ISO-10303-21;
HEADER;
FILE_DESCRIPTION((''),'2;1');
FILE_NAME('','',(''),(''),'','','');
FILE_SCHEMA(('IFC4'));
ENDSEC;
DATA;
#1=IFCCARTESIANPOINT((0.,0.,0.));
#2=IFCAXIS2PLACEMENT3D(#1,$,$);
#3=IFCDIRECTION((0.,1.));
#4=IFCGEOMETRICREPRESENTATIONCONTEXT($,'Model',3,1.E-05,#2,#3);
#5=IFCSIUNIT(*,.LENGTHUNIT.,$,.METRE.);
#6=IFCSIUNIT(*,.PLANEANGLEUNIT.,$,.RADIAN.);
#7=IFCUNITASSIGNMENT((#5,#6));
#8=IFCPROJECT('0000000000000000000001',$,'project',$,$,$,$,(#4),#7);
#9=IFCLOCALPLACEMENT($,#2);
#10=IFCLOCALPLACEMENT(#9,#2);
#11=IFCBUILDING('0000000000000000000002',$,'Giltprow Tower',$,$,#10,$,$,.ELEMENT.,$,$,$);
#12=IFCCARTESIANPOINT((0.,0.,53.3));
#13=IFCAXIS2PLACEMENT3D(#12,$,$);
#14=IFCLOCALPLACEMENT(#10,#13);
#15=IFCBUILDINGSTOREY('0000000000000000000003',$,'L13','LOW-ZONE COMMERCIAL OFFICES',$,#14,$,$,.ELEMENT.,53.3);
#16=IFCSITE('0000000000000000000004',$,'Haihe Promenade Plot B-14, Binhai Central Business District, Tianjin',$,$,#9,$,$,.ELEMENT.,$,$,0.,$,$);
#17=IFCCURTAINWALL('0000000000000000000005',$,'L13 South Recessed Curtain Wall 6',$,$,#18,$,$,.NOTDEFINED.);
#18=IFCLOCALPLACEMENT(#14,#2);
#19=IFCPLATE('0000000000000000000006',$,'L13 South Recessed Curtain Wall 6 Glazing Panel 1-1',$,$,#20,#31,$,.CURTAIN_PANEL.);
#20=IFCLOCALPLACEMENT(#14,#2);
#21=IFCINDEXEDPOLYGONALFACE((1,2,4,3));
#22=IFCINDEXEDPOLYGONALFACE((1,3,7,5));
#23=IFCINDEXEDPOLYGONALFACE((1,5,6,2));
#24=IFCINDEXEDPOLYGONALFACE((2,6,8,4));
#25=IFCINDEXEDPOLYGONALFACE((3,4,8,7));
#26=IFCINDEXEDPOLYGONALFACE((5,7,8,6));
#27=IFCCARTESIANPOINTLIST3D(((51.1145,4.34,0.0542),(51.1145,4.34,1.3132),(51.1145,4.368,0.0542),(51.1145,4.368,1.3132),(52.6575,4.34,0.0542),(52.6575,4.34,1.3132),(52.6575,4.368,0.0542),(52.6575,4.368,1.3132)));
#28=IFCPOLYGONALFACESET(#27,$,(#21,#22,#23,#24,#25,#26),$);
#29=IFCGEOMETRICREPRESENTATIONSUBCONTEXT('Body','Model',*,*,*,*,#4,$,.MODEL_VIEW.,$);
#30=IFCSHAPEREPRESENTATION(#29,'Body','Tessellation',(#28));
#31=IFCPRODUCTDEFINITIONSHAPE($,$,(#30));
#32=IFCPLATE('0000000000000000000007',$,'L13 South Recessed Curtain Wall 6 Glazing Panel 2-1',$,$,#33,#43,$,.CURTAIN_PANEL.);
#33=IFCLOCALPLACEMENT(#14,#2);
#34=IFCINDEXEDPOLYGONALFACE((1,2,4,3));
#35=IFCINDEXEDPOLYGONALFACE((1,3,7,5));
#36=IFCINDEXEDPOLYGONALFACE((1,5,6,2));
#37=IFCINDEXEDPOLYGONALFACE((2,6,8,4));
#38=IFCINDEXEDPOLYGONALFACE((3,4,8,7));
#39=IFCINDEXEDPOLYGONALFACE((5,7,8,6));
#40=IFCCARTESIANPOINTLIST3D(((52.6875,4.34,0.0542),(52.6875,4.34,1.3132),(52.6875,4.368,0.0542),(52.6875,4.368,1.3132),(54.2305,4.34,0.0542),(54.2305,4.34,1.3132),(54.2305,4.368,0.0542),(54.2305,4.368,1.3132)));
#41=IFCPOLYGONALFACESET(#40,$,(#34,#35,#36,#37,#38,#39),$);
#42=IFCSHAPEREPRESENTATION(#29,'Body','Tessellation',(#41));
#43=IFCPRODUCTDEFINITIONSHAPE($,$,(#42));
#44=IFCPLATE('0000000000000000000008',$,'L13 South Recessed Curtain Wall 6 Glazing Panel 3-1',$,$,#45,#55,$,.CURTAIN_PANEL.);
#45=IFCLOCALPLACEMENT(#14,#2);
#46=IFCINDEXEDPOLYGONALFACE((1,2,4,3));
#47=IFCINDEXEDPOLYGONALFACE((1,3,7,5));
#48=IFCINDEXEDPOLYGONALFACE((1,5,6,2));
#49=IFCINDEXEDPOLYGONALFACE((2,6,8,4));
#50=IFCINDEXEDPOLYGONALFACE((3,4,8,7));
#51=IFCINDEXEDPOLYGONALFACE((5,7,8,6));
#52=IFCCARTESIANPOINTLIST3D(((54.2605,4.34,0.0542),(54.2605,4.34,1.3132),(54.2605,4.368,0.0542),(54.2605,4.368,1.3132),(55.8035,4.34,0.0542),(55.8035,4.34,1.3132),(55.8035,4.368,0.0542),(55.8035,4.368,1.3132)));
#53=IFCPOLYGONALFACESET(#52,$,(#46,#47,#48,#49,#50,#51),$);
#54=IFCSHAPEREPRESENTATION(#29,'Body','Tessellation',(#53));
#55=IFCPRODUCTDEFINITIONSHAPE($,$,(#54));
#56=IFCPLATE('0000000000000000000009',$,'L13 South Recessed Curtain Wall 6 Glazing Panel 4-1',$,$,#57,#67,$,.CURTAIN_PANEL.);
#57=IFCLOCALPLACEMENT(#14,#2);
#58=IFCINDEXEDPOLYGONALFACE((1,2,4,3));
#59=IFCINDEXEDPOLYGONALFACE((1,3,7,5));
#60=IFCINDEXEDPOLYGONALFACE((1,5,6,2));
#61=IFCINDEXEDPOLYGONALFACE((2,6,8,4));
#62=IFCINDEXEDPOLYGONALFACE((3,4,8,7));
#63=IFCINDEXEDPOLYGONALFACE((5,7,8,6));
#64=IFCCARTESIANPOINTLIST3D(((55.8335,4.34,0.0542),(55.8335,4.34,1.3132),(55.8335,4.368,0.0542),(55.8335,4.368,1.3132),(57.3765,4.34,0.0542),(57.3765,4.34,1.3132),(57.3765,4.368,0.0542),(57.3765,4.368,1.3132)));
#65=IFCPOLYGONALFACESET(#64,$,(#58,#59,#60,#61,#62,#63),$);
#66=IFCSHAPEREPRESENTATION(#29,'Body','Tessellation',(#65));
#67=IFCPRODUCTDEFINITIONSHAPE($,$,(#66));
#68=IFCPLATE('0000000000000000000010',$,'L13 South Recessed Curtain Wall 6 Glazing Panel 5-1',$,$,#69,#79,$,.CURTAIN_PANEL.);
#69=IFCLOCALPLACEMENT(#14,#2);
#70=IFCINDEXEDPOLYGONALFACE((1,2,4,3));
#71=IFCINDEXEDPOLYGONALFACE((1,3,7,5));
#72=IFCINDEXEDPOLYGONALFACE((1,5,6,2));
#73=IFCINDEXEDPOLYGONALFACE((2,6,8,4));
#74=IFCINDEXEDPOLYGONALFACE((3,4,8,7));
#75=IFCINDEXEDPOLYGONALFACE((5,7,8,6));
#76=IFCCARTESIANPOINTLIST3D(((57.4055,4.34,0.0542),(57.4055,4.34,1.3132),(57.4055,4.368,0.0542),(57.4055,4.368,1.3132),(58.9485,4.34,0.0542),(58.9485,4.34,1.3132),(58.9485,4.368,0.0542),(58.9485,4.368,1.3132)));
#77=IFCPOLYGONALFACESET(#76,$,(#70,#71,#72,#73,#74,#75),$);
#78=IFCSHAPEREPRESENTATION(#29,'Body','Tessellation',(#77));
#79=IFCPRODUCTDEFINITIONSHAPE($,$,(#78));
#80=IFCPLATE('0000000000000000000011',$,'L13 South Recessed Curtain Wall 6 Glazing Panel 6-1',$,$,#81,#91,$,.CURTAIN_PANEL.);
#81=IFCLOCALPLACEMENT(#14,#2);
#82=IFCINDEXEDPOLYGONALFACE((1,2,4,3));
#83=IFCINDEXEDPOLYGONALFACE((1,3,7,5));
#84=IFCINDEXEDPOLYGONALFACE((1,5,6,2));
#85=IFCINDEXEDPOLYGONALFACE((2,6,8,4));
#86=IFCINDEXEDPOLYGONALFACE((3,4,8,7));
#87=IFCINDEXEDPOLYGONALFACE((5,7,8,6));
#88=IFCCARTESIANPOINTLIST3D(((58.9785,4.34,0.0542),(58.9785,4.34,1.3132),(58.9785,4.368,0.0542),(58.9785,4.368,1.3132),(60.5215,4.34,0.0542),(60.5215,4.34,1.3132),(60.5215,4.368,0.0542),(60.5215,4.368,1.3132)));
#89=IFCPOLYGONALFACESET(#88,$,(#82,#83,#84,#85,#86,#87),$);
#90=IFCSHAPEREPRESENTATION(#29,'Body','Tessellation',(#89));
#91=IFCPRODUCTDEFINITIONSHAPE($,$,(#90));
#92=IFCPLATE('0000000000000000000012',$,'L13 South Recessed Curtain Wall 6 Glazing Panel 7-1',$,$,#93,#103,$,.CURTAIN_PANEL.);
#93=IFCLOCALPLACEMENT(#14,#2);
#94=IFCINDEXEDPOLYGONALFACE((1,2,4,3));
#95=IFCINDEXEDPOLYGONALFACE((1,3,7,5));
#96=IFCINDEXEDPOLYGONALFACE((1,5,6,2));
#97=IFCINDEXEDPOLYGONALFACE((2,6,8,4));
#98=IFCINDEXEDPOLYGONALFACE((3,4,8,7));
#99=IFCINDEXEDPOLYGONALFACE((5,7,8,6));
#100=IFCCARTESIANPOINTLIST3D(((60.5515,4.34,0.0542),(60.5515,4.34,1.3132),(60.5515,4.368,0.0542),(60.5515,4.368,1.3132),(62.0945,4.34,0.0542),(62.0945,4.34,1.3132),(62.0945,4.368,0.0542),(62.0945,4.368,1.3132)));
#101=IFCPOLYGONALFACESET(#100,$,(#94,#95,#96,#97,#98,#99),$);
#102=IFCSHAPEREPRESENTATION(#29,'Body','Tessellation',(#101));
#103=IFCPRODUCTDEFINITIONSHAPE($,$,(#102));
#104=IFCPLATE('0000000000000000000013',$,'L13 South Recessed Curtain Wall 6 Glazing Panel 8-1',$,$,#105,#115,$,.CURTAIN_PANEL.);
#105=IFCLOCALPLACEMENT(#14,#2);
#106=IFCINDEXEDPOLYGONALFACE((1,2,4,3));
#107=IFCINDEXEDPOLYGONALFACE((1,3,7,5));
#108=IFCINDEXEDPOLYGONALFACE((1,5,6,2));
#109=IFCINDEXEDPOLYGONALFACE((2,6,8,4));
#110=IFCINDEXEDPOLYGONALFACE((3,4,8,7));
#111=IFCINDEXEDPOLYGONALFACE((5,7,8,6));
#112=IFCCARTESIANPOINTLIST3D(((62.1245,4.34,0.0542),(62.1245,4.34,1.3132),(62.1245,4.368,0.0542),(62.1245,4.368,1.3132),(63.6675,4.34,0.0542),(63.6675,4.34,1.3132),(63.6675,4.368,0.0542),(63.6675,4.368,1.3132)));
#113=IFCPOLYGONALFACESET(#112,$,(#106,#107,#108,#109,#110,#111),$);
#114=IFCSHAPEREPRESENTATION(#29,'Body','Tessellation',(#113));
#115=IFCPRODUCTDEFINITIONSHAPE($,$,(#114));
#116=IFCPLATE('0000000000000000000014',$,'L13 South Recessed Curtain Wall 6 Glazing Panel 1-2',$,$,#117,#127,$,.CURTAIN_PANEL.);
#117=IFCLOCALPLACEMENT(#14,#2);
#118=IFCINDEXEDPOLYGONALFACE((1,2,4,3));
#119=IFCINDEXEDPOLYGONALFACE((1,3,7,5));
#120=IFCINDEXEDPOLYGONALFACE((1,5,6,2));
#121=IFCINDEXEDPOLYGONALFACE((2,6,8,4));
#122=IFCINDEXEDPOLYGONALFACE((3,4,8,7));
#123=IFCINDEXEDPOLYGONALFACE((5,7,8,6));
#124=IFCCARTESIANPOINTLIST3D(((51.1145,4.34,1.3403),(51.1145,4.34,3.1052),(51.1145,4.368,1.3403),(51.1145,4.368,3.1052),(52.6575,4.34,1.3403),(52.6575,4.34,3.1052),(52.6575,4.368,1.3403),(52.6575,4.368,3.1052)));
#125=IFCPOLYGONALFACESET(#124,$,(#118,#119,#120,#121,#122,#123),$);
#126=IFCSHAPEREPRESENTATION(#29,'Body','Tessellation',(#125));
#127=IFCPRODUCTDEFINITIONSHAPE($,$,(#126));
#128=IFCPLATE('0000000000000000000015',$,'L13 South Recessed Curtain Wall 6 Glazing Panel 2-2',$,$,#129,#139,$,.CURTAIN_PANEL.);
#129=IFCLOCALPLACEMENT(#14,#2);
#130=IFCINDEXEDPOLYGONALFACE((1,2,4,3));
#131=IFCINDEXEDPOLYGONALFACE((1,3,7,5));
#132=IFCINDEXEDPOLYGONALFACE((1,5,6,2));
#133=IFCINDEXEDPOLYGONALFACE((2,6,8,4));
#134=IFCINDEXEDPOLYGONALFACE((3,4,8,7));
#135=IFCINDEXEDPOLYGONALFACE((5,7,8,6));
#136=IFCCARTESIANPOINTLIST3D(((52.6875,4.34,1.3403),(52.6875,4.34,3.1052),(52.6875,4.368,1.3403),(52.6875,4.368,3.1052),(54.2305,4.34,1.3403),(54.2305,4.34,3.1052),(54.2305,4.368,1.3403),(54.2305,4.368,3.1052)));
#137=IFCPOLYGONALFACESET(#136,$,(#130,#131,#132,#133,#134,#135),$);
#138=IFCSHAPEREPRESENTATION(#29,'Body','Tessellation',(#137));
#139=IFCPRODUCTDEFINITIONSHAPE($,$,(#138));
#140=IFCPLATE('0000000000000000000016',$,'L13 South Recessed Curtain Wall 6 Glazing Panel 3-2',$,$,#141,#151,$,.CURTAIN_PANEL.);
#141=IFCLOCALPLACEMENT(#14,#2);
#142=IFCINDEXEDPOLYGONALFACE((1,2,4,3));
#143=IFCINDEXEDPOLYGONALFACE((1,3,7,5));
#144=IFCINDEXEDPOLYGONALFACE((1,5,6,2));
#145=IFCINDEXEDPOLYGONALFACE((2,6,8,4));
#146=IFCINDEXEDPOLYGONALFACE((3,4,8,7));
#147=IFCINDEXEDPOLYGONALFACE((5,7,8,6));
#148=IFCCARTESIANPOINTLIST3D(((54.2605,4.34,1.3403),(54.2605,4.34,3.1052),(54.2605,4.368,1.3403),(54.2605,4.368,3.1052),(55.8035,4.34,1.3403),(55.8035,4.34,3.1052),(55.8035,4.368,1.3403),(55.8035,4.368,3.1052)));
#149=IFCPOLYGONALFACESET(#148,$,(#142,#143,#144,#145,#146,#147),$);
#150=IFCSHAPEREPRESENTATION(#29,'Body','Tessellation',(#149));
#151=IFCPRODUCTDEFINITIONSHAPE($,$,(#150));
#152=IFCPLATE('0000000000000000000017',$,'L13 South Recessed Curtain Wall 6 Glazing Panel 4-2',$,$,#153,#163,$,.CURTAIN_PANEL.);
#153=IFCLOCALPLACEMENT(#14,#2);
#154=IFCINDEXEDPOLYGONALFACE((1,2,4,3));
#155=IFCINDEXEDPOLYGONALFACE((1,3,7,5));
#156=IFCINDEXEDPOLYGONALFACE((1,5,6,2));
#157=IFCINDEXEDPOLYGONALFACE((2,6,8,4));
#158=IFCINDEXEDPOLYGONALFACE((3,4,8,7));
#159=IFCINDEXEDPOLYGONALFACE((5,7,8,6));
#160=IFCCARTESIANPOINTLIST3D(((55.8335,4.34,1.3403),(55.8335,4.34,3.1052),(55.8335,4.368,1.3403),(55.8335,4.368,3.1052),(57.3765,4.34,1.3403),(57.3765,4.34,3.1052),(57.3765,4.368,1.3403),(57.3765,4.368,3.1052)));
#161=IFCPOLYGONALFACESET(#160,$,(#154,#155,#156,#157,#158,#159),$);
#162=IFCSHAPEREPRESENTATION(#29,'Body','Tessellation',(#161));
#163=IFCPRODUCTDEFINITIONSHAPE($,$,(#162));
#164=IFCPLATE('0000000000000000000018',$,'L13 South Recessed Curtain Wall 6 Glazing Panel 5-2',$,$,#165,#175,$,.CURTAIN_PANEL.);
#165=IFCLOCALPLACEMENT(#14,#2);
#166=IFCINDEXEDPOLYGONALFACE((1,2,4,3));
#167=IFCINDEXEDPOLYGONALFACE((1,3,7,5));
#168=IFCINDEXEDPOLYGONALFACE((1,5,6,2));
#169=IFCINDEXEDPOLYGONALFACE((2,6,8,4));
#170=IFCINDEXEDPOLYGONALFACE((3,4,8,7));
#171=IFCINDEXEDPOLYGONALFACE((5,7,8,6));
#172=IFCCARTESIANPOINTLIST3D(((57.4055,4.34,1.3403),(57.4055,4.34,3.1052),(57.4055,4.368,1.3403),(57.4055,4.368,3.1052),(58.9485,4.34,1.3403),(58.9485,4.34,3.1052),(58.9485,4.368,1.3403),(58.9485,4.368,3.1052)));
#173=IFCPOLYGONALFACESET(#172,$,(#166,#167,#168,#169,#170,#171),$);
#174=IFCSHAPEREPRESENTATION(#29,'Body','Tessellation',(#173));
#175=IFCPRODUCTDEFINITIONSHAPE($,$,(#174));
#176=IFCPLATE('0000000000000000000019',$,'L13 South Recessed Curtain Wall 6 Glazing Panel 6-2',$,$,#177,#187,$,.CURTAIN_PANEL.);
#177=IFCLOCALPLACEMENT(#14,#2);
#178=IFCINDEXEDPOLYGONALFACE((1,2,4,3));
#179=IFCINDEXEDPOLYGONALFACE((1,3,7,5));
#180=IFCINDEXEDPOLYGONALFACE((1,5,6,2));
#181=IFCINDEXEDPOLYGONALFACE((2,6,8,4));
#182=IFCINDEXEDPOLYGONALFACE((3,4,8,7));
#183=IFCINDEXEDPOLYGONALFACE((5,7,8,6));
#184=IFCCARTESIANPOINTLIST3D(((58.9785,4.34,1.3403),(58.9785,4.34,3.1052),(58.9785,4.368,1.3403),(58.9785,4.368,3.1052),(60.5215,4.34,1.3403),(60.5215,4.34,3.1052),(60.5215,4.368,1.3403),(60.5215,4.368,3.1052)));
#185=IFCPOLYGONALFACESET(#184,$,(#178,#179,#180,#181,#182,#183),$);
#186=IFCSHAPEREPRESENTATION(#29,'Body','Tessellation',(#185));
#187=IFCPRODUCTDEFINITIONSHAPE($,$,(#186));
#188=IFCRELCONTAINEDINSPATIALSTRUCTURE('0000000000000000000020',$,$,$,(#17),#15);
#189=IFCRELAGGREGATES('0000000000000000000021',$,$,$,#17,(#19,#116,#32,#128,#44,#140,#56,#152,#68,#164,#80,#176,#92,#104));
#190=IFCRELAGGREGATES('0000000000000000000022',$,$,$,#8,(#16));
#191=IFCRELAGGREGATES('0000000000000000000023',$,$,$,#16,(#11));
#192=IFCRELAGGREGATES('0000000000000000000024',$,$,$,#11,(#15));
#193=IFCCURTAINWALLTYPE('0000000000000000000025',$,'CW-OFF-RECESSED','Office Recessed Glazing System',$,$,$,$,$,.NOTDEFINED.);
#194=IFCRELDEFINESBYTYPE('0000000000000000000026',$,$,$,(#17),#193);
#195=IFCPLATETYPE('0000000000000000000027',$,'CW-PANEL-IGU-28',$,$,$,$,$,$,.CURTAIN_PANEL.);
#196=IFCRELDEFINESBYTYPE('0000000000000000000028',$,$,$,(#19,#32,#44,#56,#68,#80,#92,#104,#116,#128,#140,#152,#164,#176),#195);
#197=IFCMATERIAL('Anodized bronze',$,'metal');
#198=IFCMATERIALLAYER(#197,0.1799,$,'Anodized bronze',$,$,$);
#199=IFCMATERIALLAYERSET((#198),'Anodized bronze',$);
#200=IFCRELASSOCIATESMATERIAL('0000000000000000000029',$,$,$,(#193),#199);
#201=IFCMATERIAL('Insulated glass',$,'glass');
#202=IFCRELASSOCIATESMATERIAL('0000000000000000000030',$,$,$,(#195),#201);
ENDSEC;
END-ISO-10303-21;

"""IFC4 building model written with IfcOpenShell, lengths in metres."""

from ifc_helpers import new_model, si_unit, direction, frame, origin, origin_2d, place, context, subcontext, project, spatial, rectangle, extrude, source, transform, mapped, material, layer, layer_set, type_object, element, aggregate, save


model = new_model("IFC4")

# Units and contexts
model_context = context("Model", 3, precision=1e-05, world=origin(), true_north=direction((0.0, 1.0)))
body_context = subcontext(model_context, "Body", "Model", "MODEL_VIEW")
ifc_project = project(units=[si_unit("LENGTHUNIT", "METRE"), si_unit("PLANEANGLEUNIT", "RADIAN")], contexts=[model_context])

# Site, building, storey
site_placement = place(None, origin())
site = spatial("IfcSite", under=ifc_project, at=site_placement, Name="Haihe Promenade Plot B-14, Binhai Central Business District, Tianjin", CompositionType="ELEMENT", RefElevation=0.0)
building_placement = place(site_placement, origin())
building = spatial("IfcBuilding", under=site, at=building_placement, Name="Giltprow Tower", CompositionType="ELEMENT")
storey_placement = place(building_placement, frame((0.0, 0.0, 53.3)))
storey = spatial("IfcBuildingStorey", under=building, at=storey_placement, Name="L13", Description="LOW-ZONE COMMERCIAL OFFICES", CompositionType="ELEMENT", Elevation=53.3)

# Curtain wall, plates
ifc_material_1 = material(Name="Anodized bronze", Category="metal")
ifc_layer_1 = layer(ifc_material_1, 0.1799, Name="Anodized bronze")
ifc_layer_set_1 = layer_set([ifc_layer_1], Name="Anodized bronze")
curtain_wall_type = type_object("IfcCurtainWallType", Name="CW-OFF-RECESSED", Description="Office Recessed Glazing System", PredefinedType="NOTDEFINED", material=ifc_layer_set_1)
curtain_wall_placement = place(storey_placement, origin())
curtain_wall = element("IfcCurtainWall", 1, at=curtain_wall_placement, inside=storey, type_object=curtain_wall_type, Name="L13 South Recessed Curtain Wall 6", PredefinedType="NOTDEFINED")
ifc_material_2 = material(Name="Insulated glass", Category="glass")
plate_type = type_object("IfcPlateType", Name="CW-PANEL-IGU-28", PredefinedType="CURTAIN_PANEL", material=ifc_material_2)
shared_shape_1 = source(origin(), body_context, "Body", "SweptSolid", [
    extrude(rectangle(XDim=1.543, YDim=0.0281, at=origin_2d()), origin(), (0.0, 0.0, 1.0), 1.259),
])
plate_1_placement = place(storey_placement, frame((51.886, 4.354, 0.0542), z_axis=(0.0, 0.0, 1.0), x_axis=(1.0, 0.0, 0.0)))
plate_1 = element("IfcPlate", 2, at=plate_1_placement, type_object=plate_type, Name="L13 South Recessed Curtain Wall 6 Glazing Panel 1-1", PredefinedType="CURTAIN_PANEL", context=body_context, shape_type="MappedRepresentation", body=[
    mapped(shared_shape_1, transform((0.0, 0.0, 0.0), x_axis=(1.0, 0.0, 0.0), y_axis=(0.0, 1.0, 0.0), z_axis=(0.0, 0.0, 1.0), scale=1.0)),
])
plate_2_placement = place(storey_placement, frame((53.459, 4.354, 0.0542), z_axis=(0.0, 0.0, 1.0), x_axis=(1.0, 0.0, 0.0)))
plate_2 = element("IfcPlate", 3, at=plate_2_placement, type_object=plate_type, Name="L13 South Recessed Curtain Wall 6 Glazing Panel 2-1", PredefinedType="CURTAIN_PANEL", context=body_context, shape_type="MappedRepresentation", body=[
    mapped(shared_shape_1, transform((0.0, 0.0, 0.0), x_axis=(1.0, 0.0, 0.0), y_axis=(0.0, 1.0, 0.0), z_axis=(0.0, 0.0, 1.0), scale=1.0)),
])
plate_3_placement = place(storey_placement, frame((55.032, 4.354, 0.0542), z_axis=(0.0, 0.0, 1.0), x_axis=(1.0, 0.0, 0.0)))
plate_3 = element("IfcPlate", 4, at=plate_3_placement, type_object=plate_type, Name="L13 South Recessed Curtain Wall 6 Glazing Panel 3-1", PredefinedType="CURTAIN_PANEL", context=body_context, shape_type="MappedRepresentation", body=[
    mapped(shared_shape_1, transform((0.0, 0.0, 0.0), x_axis=(1.0, 0.0, 0.0), y_axis=(0.0, 1.0, 0.0), z_axis=(0.0, 0.0, 1.0), scale=1.0)),
])
plate_4_placement = place(storey_placement, frame((56.605, 4.354, 0.0542), z_axis=(0.0, 0.0, 1.0), x_axis=(1.0, 0.0, 0.0)))
plate_4 = element("IfcPlate", 5, at=plate_4_placement, type_object=plate_type, Name="L13 South Recessed Curtain Wall 6 Glazing Panel 4-1", PredefinedType="CURTAIN_PANEL", context=body_context, shape_type="MappedRepresentation", body=[
    mapped(shared_shape_1, transform((0.0, 0.0, 0.0), x_axis=(1.0, 0.0, 0.0), y_axis=(0.0, 1.0, 0.0), z_axis=(0.0, 0.0, 1.0), scale=1.0)),
])
plate_5_placement = place(storey_placement, frame((58.177, 4.354, 0.0542), z_axis=(0.0, 0.0, 1.0), x_axis=(1.0, 0.0, 0.0)))
plate_5 = element("IfcPlate", 6, at=plate_5_placement, type_object=plate_type, Name="L13 South Recessed Curtain Wall 6 Glazing Panel 5-1", PredefinedType="CURTAIN_PANEL", context=body_context, shape_type="MappedRepresentation", body=[
    mapped(shared_shape_1, transform((0.0, 0.0, 0.0), x_axis=(1.0, 0.0, 0.0), y_axis=(0.0, 1.0, 0.0), z_axis=(0.0, 0.0, 1.0), scale=1.0)),
])
plate_6_placement = place(storey_placement, frame((59.75, 4.354, 0.0542), z_axis=(0.0, 0.0, 1.0), x_axis=(1.0, 0.0, 0.0)))
plate_6 = element("IfcPlate", 7, at=plate_6_placement, type_object=plate_type, Name="L13 South Recessed Curtain Wall 6 Glazing Panel 6-1", PredefinedType="CURTAIN_PANEL", context=body_context, shape_type="MappedRepresentation", body=[
    mapped(shared_shape_1, transform((0.0, 0.0, 0.0), x_axis=(1.0, 0.0, 0.0), y_axis=(0.0, 1.0, 0.0), z_axis=(0.0, 0.0, 1.0), scale=1.0)),
])
plate_7_placement = place(storey_placement, frame((61.323, 4.354, 0.0542), z_axis=(0.0, 0.0, 1.0), x_axis=(1.0, 0.0, 0.0)))
plate_7 = element("IfcPlate", 8, at=plate_7_placement, type_object=plate_type, Name="L13 South Recessed Curtain Wall 6 Glazing Panel 7-1", PredefinedType="CURTAIN_PANEL", context=body_context, shape_type="MappedRepresentation", body=[
    mapped(shared_shape_1, transform((0.0, 0.0, 0.0), x_axis=(1.0, 0.0, 0.0), y_axis=(0.0, 1.0, 0.0), z_axis=(0.0, 0.0, 1.0), scale=1.0)),
])
plate_8_placement = place(storey_placement, frame((62.896, 4.354, 0.0542), z_axis=(0.0, 0.0, 1.0), x_axis=(1.0, 0.0, 0.0)))
plate_8 = element("IfcPlate", 9, at=plate_8_placement, type_object=plate_type, Name="L13 South Recessed Curtain Wall 6 Glazing Panel 8-1", PredefinedType="CURTAIN_PANEL", context=body_context, shape_type="MappedRepresentation", body=[
    mapped(shared_shape_1, transform((0.0, 0.0, 0.0), x_axis=(1.0, 0.0, 0.0), y_axis=(0.0, 1.0, 0.0), z_axis=(0.0, 0.0, 1.0), scale=1.0)),
])
shared_shape_2 = source(origin(), body_context, "Body", "SweptSolid", [
    extrude(rectangle(XDim=1.543, YDim=0.0281, at=origin_2d()), origin(), (0.0, 0.0, 1.0), 1.7649),
])
plate_9_placement = place(storey_placement, frame((51.886, 4.354, 1.3403), z_axis=(0.0, 0.0, 1.0), x_axis=(1.0, 0.0, 0.0)))
plate_9 = element("IfcPlate", 10, at=plate_9_placement, type_object=plate_type, Name="L13 South Recessed Curtain Wall 6 Glazing Panel 1-2", PredefinedType="CURTAIN_PANEL", context=body_context, shape_type="MappedRepresentation", body=[
    mapped(shared_shape_2, transform((0.0, 0.0, 0.0), x_axis=(1.0, 0.0, 0.0), y_axis=(0.0, 1.0, 0.0), z_axis=(0.0, 0.0, 1.0), scale=1.0)),
])
plate_10_placement = place(storey_placement, frame((53.459, 4.354, 1.3403), z_axis=(0.0, 0.0, 1.0), x_axis=(1.0, 0.0, 0.0)))
plate_10 = element("IfcPlate", 11, at=plate_10_placement, type_object=plate_type, Name="L13 South Recessed Curtain Wall 6 Glazing Panel 2-2", PredefinedType="CURTAIN_PANEL", context=body_context, shape_type="MappedRepresentation", body=[
    mapped(shared_shape_2, transform((0.0, 0.0, 0.0), x_axis=(1.0, 0.0, 0.0), y_axis=(0.0, 1.0, 0.0), z_axis=(0.0, 0.0, 1.0), scale=1.0)),
])
plate_11_placement = place(storey_placement, frame((55.032, 4.354, 1.3403), z_axis=(0.0, 0.0, 1.0), x_axis=(1.0, 0.0, 0.0)))
plate_11 = element("IfcPlate", 12, at=plate_11_placement, type_object=plate_type, Name="L13 South Recessed Curtain Wall 6 Glazing Panel 3-2", PredefinedType="CURTAIN_PANEL", context=body_context, shape_type="MappedRepresentation", body=[
    mapped(shared_shape_2, transform((0.0, 0.0, 0.0), x_axis=(1.0, 0.0, 0.0), y_axis=(0.0, 1.0, 0.0), z_axis=(0.0, 0.0, 1.0), scale=1.0)),
])
plate_12_placement = place(storey_placement, frame((56.605, 4.354, 1.3403), z_axis=(0.0, 0.0, 1.0), x_axis=(1.0, 0.0, 0.0)))
plate_12 = element("IfcPlate", 13, at=plate_12_placement, type_object=plate_type, Name="L13 South Recessed Curtain Wall 6 Glazing Panel 4-2", PredefinedType="CURTAIN_PANEL", context=body_context, shape_type="MappedRepresentation", body=[
    mapped(shared_shape_2, transform((0.0, 0.0, 0.0), x_axis=(1.0, 0.0, 0.0), y_axis=(0.0, 1.0, 0.0), z_axis=(0.0, 0.0, 1.0), scale=1.0)),
])
plate_13_placement = place(storey_placement, frame((58.177, 4.354, 1.3403), z_axis=(0.0, 0.0, 1.0), x_axis=(1.0, 0.0, 0.0)))
plate_13 = element("IfcPlate", 14, at=plate_13_placement, type_object=plate_type, Name="L13 South Recessed Curtain Wall 6 Glazing Panel 5-2", PredefinedType="CURTAIN_PANEL", context=body_context, shape_type="MappedRepresentation", body=[
    mapped(shared_shape_2, transform((0.0, 0.0, 0.0), x_axis=(1.0, 0.0, 0.0), y_axis=(0.0, 1.0, 0.0), z_axis=(0.0, 0.0, 1.0), scale=1.0)),
])
plate_14_placement = place(storey_placement, frame((59.75, 4.354, 1.3403), z_axis=(0.0, 0.0, 1.0), x_axis=(1.0, 0.0, 0.0)))
plate_14 = element("IfcPlate", 15, at=plate_14_placement, type_object=plate_type, Name="L13 South Recessed Curtain Wall 6 Glazing Panel 6-2", PredefinedType="CURTAIN_PANEL", context=body_context, shape_type="MappedRepresentation", body=[
    mapped(shared_shape_2, transform((0.0, 0.0, 0.0), x_axis=(1.0, 0.0, 0.0), y_axis=(0.0, 1.0, 0.0), z_axis=(0.0, 0.0, 1.0), scale=1.0)),
])
aggregate(curtain_wall, [plate_1, plate_9, plate_2, plate_10, plate_3, plate_11, plate_4, plate_12, plate_5, plate_13, plate_6, plate_14, plate_7, plate_8])

save(model, "model.ifc")
